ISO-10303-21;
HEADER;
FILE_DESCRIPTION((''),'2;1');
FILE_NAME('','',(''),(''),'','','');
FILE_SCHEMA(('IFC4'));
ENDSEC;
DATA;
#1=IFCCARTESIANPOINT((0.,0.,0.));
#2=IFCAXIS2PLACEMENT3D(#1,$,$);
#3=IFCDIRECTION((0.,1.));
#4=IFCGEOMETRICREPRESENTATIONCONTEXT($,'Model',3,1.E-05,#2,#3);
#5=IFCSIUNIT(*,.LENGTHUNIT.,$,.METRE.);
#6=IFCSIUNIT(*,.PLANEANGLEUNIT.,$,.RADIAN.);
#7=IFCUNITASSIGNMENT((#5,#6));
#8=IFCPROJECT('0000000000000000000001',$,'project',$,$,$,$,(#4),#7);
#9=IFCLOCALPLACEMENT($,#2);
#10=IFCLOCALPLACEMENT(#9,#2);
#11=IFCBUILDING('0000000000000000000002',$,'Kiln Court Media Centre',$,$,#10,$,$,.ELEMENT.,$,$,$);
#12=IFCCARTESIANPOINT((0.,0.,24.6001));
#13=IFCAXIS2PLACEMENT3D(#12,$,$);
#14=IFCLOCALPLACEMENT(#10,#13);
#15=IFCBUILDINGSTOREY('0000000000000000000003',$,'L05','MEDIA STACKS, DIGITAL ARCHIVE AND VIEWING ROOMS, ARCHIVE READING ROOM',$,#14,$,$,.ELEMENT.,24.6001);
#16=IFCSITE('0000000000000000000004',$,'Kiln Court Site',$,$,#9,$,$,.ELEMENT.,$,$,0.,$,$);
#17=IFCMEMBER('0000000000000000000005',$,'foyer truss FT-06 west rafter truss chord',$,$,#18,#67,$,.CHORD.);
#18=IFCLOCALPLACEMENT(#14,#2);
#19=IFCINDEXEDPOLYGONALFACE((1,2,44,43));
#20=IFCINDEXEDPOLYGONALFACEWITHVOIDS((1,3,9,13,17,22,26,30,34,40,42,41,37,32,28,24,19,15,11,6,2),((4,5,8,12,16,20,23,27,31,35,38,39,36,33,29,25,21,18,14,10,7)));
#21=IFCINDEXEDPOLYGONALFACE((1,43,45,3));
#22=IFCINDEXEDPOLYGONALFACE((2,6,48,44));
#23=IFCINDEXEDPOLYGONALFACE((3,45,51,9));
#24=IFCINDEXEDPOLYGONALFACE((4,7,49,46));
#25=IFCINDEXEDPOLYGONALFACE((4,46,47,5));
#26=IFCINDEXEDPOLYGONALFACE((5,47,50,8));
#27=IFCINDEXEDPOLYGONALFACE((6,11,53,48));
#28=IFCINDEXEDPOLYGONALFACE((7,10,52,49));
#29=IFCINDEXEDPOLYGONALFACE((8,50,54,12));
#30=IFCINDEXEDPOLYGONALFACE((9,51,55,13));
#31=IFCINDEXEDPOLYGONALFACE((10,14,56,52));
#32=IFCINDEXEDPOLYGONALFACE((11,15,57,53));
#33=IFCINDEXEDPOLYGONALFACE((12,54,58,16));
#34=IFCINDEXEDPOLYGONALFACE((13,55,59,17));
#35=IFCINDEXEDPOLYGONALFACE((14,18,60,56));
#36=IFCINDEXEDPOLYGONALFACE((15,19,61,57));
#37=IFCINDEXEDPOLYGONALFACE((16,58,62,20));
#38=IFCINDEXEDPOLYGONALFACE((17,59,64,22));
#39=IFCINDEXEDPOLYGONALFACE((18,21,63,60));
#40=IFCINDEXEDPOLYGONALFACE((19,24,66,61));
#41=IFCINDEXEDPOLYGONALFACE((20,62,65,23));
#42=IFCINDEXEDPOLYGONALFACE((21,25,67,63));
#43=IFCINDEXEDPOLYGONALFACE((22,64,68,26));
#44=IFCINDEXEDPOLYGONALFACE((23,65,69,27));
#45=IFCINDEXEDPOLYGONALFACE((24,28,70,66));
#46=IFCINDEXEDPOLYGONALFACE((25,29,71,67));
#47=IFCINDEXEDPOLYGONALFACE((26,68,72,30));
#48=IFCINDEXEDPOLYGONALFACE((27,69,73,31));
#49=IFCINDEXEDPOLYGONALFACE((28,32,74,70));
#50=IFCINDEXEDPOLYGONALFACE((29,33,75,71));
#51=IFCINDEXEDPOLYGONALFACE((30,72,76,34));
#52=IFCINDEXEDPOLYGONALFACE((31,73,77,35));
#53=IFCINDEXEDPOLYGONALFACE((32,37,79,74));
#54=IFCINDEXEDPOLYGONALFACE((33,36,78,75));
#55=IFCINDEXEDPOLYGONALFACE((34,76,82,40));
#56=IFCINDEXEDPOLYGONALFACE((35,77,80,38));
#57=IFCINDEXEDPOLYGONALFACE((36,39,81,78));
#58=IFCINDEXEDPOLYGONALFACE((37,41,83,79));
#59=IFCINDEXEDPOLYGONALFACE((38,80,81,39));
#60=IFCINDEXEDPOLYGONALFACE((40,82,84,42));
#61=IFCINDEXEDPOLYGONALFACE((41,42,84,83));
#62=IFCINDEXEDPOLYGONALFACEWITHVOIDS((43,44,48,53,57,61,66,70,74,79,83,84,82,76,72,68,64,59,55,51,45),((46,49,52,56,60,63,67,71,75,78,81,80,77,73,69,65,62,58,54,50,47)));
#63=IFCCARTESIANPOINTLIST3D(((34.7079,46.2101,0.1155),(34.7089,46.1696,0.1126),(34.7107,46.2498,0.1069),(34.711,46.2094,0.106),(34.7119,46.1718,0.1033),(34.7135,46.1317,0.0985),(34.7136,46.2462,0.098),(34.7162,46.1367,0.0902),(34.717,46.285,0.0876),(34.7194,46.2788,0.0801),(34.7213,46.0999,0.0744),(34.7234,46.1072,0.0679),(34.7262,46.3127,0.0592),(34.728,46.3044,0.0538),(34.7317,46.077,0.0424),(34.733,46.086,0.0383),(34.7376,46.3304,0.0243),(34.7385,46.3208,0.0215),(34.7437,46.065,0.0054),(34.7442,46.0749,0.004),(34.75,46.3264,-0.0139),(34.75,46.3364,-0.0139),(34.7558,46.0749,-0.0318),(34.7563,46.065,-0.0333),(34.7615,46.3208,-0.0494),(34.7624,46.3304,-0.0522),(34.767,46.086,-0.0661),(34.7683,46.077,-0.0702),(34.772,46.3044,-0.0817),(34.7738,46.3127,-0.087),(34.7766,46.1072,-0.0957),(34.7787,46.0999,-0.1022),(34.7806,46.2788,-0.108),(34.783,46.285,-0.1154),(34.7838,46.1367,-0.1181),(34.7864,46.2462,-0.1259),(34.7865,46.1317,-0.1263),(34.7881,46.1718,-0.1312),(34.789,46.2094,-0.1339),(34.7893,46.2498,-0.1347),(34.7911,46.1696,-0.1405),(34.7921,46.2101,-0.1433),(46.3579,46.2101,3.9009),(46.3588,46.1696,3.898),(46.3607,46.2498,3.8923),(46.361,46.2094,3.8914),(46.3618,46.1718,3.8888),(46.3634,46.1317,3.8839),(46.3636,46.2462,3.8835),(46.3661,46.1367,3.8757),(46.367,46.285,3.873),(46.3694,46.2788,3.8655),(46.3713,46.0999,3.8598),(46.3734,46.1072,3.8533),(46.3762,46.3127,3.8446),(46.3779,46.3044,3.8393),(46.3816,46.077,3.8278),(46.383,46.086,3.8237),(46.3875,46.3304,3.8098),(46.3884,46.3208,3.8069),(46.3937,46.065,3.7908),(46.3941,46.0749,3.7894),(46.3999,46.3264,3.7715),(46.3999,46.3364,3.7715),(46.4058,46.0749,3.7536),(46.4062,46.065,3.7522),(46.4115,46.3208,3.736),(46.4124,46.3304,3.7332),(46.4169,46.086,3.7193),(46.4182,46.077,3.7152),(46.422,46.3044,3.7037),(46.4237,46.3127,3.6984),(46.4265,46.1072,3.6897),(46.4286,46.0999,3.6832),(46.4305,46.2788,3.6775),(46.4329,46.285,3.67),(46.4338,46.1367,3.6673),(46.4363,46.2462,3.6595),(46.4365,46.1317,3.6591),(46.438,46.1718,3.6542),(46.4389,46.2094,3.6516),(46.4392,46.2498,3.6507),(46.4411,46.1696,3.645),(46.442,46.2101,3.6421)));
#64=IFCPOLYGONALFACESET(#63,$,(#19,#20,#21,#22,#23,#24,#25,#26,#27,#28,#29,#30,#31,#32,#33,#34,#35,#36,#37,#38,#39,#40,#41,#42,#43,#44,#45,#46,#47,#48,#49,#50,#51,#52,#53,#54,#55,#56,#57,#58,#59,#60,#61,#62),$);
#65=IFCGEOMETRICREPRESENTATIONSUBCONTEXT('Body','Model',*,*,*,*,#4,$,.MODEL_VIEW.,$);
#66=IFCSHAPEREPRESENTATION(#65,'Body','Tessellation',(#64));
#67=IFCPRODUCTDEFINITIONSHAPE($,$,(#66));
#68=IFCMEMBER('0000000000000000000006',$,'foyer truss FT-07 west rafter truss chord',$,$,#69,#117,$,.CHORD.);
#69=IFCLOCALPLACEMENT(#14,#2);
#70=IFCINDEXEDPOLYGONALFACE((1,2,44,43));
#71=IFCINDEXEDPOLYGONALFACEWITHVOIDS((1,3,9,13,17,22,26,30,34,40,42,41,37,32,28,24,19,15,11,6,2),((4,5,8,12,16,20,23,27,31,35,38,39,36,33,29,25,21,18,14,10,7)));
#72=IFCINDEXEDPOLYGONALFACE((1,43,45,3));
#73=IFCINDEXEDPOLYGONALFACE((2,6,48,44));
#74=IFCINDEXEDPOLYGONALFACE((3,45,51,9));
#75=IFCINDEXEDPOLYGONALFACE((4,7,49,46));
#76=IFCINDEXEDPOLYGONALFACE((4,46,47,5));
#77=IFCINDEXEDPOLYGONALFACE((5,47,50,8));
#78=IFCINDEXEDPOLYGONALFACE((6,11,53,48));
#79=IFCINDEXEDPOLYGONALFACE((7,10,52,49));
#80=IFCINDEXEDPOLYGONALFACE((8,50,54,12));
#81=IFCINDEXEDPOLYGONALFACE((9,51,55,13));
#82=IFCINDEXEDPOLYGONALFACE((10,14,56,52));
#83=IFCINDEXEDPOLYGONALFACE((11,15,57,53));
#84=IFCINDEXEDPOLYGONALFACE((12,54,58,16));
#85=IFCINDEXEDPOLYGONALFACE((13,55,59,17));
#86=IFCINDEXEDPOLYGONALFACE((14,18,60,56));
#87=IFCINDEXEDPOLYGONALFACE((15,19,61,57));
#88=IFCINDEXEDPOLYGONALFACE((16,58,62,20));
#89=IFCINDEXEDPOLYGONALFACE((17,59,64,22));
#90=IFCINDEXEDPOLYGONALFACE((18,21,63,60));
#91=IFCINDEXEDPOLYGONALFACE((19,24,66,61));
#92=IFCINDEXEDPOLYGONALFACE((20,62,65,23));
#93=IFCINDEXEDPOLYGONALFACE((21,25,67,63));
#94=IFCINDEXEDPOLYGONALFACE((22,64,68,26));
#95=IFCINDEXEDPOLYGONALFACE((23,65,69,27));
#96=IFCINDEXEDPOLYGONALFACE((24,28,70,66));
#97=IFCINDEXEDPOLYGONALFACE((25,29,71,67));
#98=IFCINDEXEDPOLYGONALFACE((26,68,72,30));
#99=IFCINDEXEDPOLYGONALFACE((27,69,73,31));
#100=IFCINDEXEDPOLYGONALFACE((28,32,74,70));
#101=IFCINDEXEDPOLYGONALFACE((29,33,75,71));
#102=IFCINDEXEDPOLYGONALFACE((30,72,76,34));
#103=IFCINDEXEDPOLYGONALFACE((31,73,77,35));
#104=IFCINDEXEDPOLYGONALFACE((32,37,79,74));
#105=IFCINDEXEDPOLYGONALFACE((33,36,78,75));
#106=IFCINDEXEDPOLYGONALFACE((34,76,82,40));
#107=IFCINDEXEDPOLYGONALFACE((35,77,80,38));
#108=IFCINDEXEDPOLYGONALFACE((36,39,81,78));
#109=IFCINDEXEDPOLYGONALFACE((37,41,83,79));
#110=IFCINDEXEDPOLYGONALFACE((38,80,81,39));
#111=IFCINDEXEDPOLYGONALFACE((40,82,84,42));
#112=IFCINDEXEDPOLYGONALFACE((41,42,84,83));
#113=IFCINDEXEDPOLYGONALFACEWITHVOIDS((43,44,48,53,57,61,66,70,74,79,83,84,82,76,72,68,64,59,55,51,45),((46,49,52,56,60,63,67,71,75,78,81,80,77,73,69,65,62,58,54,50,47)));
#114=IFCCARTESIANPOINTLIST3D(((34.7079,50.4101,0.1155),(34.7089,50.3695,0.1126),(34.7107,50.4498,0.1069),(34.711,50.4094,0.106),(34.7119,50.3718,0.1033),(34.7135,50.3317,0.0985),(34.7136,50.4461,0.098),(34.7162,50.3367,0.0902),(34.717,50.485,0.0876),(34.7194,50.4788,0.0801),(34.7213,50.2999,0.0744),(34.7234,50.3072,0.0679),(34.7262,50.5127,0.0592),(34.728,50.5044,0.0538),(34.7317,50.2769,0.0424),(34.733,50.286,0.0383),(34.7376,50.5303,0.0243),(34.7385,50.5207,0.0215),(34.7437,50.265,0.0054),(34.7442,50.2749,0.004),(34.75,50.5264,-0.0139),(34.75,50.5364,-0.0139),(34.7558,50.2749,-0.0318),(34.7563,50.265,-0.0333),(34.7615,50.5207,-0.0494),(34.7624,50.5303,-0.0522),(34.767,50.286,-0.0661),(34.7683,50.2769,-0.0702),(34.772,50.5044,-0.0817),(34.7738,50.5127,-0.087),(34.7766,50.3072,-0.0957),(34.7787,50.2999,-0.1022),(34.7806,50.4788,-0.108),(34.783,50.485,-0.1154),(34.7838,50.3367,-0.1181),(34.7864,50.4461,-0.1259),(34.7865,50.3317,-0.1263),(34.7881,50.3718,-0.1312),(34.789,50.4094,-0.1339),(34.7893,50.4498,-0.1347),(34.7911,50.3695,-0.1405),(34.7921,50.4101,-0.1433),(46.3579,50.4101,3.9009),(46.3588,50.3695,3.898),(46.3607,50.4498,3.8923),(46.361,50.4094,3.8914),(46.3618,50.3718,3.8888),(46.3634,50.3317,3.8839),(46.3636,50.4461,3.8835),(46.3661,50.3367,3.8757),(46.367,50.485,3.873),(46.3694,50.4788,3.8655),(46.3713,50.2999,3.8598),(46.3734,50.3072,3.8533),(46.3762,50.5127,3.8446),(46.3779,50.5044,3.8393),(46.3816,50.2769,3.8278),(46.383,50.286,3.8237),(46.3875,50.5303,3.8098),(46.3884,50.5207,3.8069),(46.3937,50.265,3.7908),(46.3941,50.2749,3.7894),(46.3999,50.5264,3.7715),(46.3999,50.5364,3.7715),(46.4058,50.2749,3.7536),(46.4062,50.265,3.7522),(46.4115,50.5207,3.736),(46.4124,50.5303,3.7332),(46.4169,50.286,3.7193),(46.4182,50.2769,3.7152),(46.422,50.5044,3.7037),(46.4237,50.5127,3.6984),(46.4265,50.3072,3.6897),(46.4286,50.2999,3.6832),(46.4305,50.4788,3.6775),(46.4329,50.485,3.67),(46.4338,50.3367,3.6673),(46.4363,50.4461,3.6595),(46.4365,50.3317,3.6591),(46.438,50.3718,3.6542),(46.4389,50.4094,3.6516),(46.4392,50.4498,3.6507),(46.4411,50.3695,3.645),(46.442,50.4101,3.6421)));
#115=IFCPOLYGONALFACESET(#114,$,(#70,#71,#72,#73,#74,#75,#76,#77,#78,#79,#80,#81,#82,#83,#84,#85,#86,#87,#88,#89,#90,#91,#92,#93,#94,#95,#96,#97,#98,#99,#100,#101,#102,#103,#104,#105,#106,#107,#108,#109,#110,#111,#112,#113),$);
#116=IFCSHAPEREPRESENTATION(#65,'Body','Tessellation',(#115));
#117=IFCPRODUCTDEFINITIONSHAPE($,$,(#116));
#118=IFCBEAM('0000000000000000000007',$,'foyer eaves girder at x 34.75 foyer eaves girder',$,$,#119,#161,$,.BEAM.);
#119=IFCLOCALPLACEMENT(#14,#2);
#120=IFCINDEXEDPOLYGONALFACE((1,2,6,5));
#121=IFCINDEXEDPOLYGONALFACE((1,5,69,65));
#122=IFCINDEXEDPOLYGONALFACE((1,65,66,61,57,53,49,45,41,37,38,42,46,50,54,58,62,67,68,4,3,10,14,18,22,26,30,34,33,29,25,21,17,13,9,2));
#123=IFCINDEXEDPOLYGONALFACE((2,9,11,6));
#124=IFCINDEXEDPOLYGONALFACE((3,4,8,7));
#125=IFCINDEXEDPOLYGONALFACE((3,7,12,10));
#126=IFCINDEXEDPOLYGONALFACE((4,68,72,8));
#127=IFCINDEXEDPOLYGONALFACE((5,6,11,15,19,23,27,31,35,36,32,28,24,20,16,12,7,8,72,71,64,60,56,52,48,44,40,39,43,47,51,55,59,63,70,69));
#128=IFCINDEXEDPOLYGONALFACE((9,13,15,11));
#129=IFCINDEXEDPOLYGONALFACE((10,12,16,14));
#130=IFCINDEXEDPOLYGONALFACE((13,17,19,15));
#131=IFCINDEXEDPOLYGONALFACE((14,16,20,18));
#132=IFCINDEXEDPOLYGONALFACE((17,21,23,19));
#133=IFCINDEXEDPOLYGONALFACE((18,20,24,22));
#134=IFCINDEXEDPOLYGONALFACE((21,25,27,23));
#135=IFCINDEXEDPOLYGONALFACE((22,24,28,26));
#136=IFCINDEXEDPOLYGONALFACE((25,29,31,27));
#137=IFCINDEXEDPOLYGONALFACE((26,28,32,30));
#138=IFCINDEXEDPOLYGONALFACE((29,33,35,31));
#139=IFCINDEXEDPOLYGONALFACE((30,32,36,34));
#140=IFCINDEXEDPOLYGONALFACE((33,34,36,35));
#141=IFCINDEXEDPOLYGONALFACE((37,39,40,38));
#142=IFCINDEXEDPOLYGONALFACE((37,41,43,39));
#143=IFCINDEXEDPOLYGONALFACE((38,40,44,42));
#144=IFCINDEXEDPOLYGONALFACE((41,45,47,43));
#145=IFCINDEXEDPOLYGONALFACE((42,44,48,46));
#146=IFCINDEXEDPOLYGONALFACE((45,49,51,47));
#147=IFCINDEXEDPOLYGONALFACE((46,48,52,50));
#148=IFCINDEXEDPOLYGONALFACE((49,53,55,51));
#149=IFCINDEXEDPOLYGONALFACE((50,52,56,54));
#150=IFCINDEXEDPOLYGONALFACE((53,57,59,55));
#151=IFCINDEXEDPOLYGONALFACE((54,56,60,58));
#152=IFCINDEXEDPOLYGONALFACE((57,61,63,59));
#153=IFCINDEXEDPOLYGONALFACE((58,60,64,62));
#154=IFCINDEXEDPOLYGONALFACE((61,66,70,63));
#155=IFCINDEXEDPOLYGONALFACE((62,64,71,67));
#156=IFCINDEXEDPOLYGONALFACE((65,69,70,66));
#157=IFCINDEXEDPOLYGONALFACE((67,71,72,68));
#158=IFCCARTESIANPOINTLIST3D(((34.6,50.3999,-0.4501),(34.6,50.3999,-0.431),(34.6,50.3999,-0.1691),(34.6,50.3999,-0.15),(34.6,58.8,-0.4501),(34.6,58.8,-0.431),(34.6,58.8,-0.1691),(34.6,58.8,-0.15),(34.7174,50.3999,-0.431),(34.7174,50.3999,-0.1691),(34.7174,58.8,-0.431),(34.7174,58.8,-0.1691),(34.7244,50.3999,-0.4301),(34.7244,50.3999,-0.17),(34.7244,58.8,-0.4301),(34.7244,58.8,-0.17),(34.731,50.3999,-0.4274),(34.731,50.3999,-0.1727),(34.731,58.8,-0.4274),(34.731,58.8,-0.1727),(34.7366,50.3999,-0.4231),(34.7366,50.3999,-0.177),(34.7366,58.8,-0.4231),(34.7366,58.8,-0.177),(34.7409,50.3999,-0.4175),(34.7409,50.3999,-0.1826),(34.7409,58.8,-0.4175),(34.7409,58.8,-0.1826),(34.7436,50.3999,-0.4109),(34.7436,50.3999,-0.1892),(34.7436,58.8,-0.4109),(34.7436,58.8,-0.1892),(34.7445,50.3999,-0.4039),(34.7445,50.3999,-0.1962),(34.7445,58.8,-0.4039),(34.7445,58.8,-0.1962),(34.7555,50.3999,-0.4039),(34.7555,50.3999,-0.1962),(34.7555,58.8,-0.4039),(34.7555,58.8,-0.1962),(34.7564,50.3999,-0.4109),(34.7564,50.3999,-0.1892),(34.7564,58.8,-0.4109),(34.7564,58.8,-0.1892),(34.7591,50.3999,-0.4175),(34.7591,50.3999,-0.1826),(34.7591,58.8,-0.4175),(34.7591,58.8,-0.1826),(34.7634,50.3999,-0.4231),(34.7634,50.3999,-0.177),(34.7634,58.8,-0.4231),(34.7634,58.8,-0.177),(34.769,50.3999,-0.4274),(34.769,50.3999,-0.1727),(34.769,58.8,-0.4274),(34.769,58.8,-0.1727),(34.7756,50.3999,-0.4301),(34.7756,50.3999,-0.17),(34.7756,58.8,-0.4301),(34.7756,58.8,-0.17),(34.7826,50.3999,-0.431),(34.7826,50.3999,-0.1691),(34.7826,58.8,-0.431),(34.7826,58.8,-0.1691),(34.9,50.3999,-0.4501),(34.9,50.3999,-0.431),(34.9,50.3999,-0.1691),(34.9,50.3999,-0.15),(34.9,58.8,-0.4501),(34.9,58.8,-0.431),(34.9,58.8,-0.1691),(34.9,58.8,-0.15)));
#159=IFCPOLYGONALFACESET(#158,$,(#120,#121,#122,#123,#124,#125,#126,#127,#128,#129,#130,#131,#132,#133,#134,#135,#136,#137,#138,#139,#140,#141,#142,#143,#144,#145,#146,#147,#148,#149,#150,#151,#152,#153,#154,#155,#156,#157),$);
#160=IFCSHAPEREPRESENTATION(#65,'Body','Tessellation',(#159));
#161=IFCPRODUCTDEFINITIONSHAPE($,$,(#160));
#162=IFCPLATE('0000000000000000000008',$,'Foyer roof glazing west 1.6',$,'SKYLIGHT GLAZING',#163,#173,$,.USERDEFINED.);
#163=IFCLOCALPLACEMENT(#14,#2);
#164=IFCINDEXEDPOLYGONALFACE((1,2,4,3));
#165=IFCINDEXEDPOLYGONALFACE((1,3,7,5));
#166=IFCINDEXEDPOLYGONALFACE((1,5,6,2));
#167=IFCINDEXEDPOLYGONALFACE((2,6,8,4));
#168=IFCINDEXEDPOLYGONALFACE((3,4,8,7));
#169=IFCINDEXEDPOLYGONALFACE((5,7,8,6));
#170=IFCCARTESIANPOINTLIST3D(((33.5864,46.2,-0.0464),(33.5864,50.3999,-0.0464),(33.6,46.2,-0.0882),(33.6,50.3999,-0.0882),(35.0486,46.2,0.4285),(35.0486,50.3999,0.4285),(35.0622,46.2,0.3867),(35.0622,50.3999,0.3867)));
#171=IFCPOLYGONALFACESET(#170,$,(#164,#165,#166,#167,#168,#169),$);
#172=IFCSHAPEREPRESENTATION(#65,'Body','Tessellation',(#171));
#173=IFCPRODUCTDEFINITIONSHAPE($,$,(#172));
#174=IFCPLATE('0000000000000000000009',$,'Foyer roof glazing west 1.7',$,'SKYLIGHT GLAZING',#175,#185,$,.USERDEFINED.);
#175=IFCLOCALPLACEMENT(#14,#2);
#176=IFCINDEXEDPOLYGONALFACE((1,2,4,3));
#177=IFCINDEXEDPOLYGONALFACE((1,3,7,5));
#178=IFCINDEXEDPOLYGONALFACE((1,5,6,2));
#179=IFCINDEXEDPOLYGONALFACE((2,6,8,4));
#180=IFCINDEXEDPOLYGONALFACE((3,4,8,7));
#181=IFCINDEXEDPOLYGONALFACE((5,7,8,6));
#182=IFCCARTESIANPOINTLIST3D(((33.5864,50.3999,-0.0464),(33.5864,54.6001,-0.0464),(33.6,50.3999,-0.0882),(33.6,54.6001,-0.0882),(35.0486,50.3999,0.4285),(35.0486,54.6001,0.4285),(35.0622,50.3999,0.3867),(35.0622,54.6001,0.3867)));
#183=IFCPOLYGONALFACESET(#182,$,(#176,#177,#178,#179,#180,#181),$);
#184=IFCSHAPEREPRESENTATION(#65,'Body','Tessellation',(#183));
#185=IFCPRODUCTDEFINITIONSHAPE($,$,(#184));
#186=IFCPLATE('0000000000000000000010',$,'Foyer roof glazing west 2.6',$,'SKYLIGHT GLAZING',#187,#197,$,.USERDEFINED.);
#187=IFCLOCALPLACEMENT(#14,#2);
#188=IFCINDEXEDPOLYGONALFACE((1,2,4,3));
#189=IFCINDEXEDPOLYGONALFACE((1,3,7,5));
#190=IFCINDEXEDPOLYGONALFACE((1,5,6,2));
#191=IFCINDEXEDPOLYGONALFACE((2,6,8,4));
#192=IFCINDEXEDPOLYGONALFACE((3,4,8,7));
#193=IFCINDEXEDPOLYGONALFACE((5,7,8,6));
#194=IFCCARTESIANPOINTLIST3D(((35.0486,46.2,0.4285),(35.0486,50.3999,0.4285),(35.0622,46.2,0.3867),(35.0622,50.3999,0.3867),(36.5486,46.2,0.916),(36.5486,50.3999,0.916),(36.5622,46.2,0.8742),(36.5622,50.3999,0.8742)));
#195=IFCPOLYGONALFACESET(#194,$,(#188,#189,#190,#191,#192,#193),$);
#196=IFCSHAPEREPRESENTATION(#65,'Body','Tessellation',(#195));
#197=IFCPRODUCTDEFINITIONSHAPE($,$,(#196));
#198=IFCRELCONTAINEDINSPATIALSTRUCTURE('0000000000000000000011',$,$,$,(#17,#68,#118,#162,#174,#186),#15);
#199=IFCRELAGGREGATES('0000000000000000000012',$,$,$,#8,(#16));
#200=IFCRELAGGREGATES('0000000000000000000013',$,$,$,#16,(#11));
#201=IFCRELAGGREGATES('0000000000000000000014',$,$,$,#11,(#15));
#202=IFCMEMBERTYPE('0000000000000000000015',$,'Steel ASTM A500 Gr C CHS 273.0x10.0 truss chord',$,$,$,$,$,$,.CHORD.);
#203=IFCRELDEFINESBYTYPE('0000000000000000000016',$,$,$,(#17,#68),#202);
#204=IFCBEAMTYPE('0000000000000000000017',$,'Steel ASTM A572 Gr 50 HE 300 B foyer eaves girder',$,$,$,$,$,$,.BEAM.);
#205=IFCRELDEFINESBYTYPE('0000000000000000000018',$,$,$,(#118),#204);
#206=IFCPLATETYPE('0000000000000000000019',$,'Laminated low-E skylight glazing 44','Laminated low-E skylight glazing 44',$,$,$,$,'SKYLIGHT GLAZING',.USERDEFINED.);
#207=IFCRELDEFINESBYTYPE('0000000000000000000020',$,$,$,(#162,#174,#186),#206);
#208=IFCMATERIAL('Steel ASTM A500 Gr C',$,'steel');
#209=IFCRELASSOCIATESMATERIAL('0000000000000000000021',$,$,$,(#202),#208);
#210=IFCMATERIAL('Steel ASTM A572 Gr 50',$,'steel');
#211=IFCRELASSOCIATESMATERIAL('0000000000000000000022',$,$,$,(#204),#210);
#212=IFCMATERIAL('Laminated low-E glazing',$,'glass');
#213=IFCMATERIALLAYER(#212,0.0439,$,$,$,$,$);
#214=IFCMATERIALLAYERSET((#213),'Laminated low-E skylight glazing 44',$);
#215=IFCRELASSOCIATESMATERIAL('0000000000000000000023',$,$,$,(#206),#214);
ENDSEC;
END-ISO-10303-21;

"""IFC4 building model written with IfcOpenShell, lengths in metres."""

from ifc_helpers import new_model, si_unit, direction, frame, origin, origin_2d, place, context, subcontext, project, spatial, polyline, hollow_circle, i_section, outline, extrude, material, layer, layer_set, material_profile, profile_set, type_object, element, save


model = new_model("IFC4")

# Units and contexts
model_context = context("Model", 3, precision=1e-05, world=origin(), true_north=direction((0.0, 1.0)))
body_context = subcontext(model_context, "Body", "Model", "MODEL_VIEW")
ifc_project = project(units=[si_unit("LENGTHUNIT", "METRE"), si_unit("PLANEANGLEUNIT", "RADIAN")], contexts=[model_context])

# Site, building, storey
site_placement = place(None, origin())
site = spatial("IfcSite", under=ifc_project, at=site_placement, Name="Kiln Court Site", CompositionType="ELEMENT", RefElevation=0.0)
building_placement = place(site_placement, origin())
building = spatial("IfcBuilding", under=site, at=building_placement, Name="Kiln Court Media Centre", CompositionType="ELEMENT")
storey_placement = place(building_placement, frame((0.0, 0.0, 24.6001)))
storey = spatial("IfcBuildingStorey", under=building, at=storey_placement, Name="L05", Description="MEDIA STACKS, DIGITAL ARCHIVE AND VIEWING ROOMS, ARCHIVE READING ROOM", CompositionType="ELEMENT", Elevation=24.6001)

# Members
ifc_material_1 = material(Name="Steel ASTM A500 Gr C", Category="steel")
ifc_material_profile_1 = material_profile(ifc_material_1, hollow_circle(Radius=0.1365, WallThickness=0.01, at=origin_2d()), Name="CHS 273.0x10.0")
ifc_profile_set_1 = profile_set([ifc_material_profile_1], Name="Steel ASTM A500 Gr C")
member_type_1 = type_object("IfcMemberType", Name="Steel ASTM A500 Gr C CHS 273.0x10.0 truss chord", PredefinedType="CHORD", material=ifc_profile_set_1)
for number, where, z_axis, x_axis, name in (
    (1, (34.75, 46.2, -0.0139), (0.951054, 0.0, 0.309026), (0.0, 1.0, 0.0), "foyer truss FT-06 west rafter truss chord"),
    (2, (34.75, 50.3999, -0.0139), (0.951054, 0.0, 0.309026), (0.0, 1.0, 0.0), "foyer truss FT-07 west rafter truss chord"),
):
    element("IfcMember", number, at=place(storey_placement, frame(where, z_axis=z_axis, x_axis=x_axis)), inside=storey, type_object=member_type_1, Name=name, PredefinedType="CHORD", context=body_context, shape_type="SweptSolid", body=[
        extrude(hollow_circle(Radius=0.1365, WallThickness=0.01, at=origin_2d()), origin(), (0.0, 0.0, 1.0), 12.2495),
    ])

# Beam
ifc_material_2 = material(Name="Steel ASTM A572 Gr 50", Category="steel")
ifc_material_profile_2 = material_profile(ifc_material_2, i_section(OverallWidth=0.3, OverallDepth=0.3, WebThickness=0.011, FlangeThickness=0.019, FilletRadius=0.0271, at=origin_2d()), Name="HE 300 B")
ifc_profile_set_2 = profile_set([ifc_material_profile_2], Name="Steel ASTM A572 Gr 50")
beam_type = type_object("IfcBeamType", Name="Steel ASTM A572 Gr 50 HE 300 B foyer eaves girder", PredefinedType="BEAM", material=ifc_profile_set_2)
beam_placement = place(storey_placement, frame((34.75, 50.3999, -0.3), z_axis=(0.0, 1.0, 0.0), x_axis=(-1.0, 0.0, 0.0)))
element("IfcBeam", 3, at=beam_placement, inside=storey, type_object=beam_type, Name="foyer eaves girder at x 34.75 foyer eaves girder", PredefinedType="BEAM", context=body_context, shape_type="SweptSolid", body=[
    extrude(i_section(OverallWidth=0.3, OverallDepth=0.3, WebThickness=0.011, FlangeThickness=0.019, FilletRadius=0.0271, at=origin_2d()), origin(), (0.0, 0.0, 1.0), 8.4001),
])

# Plates
ifc_material_3 = material(Name="Laminated low-E glazing", Category="glass")
ifc_layer_1 = layer(ifc_material_3, 0.0439)
ifc_layer_set_1 = layer_set([ifc_layer_1], Name="Laminated low-E skylight glazing 44")
plate_type_1 = type_object("IfcPlateType", Name="Laminated low-E skylight glazing 44", Description="Laminated low-E skylight glazing 44", ElementType="SKYLIGHT GLAZING", PredefinedType="USERDEFINED", material=ifc_layer_set_1)
plate_1_placement = place(storey_placement, frame((33.5864, 46.2, -0.0464), z_axis=(-0.308881, 0.0, 0.951101), x_axis=(0.951101, 0.0, 0.308881)))
element("IfcPlate", 4, at=plate_1_placement, inside=storey, type_object=plate_type_1, Name="Foyer roof glazing west 1.6", ObjectType="SKYLIGHT GLAZING", PredefinedType="USERDEFINED", context=body_context, shape_type="SweptSolid", body=[
    extrude(outline(polyline([(0.0, 0.0), (1.5373, 0.0), (1.5373, 4.2), (0.0, 4.2), (0.0, 0.0)])), origin(), (0.0, 0.0, -1.0), 0.0439),
])
plate_2_placement = place(storey_placement, frame((33.5864, 50.3999, -0.0464), z_axis=(-0.308881, 0.0, 0.951101), x_axis=(0.951101, 0.0, 0.308881)))
element("IfcPlate", 5, at=plate_2_placement, inside=storey, type_object=plate_type_1, Name="Foyer roof glazing west 1.7", ObjectType="SKYLIGHT GLAZING", PredefinedType="USERDEFINED", context=body_context, shape_type="SweptSolid", body=[
    extrude(outline(polyline([(0.0, 0.0), (1.5373, 0.0), (1.5373, 4.2002), (0.0, 4.2002), (0.0, 0.0)])), origin(), (0.0, 0.0, -1.0), 0.0439),
])
plate_3_placement = place(storey_placement, frame((35.0486, 46.2, 0.4285), z_axis=(-0.309114, 0.0, 0.951025), x_axis=(0.951025, 0.0, 0.309114)))
element("IfcPlate", 6, at=plate_3_placement, inside=storey, type_object=plate_type_1, Name="Foyer roof glazing west 2.6", ObjectType="SKYLIGHT GLAZING", PredefinedType="USERDEFINED", context=body_context, shape_type="SweptSolid", body=[
    extrude(outline(polyline([(0.0, 0.0), (1.5772, 0.0), (1.5772, 4.2), (0.0, 4.2), (0.0, 0.0)])), origin(), (0.0, 0.0, -1.0), 0.0439),
])

save(model, "model.ifc")
